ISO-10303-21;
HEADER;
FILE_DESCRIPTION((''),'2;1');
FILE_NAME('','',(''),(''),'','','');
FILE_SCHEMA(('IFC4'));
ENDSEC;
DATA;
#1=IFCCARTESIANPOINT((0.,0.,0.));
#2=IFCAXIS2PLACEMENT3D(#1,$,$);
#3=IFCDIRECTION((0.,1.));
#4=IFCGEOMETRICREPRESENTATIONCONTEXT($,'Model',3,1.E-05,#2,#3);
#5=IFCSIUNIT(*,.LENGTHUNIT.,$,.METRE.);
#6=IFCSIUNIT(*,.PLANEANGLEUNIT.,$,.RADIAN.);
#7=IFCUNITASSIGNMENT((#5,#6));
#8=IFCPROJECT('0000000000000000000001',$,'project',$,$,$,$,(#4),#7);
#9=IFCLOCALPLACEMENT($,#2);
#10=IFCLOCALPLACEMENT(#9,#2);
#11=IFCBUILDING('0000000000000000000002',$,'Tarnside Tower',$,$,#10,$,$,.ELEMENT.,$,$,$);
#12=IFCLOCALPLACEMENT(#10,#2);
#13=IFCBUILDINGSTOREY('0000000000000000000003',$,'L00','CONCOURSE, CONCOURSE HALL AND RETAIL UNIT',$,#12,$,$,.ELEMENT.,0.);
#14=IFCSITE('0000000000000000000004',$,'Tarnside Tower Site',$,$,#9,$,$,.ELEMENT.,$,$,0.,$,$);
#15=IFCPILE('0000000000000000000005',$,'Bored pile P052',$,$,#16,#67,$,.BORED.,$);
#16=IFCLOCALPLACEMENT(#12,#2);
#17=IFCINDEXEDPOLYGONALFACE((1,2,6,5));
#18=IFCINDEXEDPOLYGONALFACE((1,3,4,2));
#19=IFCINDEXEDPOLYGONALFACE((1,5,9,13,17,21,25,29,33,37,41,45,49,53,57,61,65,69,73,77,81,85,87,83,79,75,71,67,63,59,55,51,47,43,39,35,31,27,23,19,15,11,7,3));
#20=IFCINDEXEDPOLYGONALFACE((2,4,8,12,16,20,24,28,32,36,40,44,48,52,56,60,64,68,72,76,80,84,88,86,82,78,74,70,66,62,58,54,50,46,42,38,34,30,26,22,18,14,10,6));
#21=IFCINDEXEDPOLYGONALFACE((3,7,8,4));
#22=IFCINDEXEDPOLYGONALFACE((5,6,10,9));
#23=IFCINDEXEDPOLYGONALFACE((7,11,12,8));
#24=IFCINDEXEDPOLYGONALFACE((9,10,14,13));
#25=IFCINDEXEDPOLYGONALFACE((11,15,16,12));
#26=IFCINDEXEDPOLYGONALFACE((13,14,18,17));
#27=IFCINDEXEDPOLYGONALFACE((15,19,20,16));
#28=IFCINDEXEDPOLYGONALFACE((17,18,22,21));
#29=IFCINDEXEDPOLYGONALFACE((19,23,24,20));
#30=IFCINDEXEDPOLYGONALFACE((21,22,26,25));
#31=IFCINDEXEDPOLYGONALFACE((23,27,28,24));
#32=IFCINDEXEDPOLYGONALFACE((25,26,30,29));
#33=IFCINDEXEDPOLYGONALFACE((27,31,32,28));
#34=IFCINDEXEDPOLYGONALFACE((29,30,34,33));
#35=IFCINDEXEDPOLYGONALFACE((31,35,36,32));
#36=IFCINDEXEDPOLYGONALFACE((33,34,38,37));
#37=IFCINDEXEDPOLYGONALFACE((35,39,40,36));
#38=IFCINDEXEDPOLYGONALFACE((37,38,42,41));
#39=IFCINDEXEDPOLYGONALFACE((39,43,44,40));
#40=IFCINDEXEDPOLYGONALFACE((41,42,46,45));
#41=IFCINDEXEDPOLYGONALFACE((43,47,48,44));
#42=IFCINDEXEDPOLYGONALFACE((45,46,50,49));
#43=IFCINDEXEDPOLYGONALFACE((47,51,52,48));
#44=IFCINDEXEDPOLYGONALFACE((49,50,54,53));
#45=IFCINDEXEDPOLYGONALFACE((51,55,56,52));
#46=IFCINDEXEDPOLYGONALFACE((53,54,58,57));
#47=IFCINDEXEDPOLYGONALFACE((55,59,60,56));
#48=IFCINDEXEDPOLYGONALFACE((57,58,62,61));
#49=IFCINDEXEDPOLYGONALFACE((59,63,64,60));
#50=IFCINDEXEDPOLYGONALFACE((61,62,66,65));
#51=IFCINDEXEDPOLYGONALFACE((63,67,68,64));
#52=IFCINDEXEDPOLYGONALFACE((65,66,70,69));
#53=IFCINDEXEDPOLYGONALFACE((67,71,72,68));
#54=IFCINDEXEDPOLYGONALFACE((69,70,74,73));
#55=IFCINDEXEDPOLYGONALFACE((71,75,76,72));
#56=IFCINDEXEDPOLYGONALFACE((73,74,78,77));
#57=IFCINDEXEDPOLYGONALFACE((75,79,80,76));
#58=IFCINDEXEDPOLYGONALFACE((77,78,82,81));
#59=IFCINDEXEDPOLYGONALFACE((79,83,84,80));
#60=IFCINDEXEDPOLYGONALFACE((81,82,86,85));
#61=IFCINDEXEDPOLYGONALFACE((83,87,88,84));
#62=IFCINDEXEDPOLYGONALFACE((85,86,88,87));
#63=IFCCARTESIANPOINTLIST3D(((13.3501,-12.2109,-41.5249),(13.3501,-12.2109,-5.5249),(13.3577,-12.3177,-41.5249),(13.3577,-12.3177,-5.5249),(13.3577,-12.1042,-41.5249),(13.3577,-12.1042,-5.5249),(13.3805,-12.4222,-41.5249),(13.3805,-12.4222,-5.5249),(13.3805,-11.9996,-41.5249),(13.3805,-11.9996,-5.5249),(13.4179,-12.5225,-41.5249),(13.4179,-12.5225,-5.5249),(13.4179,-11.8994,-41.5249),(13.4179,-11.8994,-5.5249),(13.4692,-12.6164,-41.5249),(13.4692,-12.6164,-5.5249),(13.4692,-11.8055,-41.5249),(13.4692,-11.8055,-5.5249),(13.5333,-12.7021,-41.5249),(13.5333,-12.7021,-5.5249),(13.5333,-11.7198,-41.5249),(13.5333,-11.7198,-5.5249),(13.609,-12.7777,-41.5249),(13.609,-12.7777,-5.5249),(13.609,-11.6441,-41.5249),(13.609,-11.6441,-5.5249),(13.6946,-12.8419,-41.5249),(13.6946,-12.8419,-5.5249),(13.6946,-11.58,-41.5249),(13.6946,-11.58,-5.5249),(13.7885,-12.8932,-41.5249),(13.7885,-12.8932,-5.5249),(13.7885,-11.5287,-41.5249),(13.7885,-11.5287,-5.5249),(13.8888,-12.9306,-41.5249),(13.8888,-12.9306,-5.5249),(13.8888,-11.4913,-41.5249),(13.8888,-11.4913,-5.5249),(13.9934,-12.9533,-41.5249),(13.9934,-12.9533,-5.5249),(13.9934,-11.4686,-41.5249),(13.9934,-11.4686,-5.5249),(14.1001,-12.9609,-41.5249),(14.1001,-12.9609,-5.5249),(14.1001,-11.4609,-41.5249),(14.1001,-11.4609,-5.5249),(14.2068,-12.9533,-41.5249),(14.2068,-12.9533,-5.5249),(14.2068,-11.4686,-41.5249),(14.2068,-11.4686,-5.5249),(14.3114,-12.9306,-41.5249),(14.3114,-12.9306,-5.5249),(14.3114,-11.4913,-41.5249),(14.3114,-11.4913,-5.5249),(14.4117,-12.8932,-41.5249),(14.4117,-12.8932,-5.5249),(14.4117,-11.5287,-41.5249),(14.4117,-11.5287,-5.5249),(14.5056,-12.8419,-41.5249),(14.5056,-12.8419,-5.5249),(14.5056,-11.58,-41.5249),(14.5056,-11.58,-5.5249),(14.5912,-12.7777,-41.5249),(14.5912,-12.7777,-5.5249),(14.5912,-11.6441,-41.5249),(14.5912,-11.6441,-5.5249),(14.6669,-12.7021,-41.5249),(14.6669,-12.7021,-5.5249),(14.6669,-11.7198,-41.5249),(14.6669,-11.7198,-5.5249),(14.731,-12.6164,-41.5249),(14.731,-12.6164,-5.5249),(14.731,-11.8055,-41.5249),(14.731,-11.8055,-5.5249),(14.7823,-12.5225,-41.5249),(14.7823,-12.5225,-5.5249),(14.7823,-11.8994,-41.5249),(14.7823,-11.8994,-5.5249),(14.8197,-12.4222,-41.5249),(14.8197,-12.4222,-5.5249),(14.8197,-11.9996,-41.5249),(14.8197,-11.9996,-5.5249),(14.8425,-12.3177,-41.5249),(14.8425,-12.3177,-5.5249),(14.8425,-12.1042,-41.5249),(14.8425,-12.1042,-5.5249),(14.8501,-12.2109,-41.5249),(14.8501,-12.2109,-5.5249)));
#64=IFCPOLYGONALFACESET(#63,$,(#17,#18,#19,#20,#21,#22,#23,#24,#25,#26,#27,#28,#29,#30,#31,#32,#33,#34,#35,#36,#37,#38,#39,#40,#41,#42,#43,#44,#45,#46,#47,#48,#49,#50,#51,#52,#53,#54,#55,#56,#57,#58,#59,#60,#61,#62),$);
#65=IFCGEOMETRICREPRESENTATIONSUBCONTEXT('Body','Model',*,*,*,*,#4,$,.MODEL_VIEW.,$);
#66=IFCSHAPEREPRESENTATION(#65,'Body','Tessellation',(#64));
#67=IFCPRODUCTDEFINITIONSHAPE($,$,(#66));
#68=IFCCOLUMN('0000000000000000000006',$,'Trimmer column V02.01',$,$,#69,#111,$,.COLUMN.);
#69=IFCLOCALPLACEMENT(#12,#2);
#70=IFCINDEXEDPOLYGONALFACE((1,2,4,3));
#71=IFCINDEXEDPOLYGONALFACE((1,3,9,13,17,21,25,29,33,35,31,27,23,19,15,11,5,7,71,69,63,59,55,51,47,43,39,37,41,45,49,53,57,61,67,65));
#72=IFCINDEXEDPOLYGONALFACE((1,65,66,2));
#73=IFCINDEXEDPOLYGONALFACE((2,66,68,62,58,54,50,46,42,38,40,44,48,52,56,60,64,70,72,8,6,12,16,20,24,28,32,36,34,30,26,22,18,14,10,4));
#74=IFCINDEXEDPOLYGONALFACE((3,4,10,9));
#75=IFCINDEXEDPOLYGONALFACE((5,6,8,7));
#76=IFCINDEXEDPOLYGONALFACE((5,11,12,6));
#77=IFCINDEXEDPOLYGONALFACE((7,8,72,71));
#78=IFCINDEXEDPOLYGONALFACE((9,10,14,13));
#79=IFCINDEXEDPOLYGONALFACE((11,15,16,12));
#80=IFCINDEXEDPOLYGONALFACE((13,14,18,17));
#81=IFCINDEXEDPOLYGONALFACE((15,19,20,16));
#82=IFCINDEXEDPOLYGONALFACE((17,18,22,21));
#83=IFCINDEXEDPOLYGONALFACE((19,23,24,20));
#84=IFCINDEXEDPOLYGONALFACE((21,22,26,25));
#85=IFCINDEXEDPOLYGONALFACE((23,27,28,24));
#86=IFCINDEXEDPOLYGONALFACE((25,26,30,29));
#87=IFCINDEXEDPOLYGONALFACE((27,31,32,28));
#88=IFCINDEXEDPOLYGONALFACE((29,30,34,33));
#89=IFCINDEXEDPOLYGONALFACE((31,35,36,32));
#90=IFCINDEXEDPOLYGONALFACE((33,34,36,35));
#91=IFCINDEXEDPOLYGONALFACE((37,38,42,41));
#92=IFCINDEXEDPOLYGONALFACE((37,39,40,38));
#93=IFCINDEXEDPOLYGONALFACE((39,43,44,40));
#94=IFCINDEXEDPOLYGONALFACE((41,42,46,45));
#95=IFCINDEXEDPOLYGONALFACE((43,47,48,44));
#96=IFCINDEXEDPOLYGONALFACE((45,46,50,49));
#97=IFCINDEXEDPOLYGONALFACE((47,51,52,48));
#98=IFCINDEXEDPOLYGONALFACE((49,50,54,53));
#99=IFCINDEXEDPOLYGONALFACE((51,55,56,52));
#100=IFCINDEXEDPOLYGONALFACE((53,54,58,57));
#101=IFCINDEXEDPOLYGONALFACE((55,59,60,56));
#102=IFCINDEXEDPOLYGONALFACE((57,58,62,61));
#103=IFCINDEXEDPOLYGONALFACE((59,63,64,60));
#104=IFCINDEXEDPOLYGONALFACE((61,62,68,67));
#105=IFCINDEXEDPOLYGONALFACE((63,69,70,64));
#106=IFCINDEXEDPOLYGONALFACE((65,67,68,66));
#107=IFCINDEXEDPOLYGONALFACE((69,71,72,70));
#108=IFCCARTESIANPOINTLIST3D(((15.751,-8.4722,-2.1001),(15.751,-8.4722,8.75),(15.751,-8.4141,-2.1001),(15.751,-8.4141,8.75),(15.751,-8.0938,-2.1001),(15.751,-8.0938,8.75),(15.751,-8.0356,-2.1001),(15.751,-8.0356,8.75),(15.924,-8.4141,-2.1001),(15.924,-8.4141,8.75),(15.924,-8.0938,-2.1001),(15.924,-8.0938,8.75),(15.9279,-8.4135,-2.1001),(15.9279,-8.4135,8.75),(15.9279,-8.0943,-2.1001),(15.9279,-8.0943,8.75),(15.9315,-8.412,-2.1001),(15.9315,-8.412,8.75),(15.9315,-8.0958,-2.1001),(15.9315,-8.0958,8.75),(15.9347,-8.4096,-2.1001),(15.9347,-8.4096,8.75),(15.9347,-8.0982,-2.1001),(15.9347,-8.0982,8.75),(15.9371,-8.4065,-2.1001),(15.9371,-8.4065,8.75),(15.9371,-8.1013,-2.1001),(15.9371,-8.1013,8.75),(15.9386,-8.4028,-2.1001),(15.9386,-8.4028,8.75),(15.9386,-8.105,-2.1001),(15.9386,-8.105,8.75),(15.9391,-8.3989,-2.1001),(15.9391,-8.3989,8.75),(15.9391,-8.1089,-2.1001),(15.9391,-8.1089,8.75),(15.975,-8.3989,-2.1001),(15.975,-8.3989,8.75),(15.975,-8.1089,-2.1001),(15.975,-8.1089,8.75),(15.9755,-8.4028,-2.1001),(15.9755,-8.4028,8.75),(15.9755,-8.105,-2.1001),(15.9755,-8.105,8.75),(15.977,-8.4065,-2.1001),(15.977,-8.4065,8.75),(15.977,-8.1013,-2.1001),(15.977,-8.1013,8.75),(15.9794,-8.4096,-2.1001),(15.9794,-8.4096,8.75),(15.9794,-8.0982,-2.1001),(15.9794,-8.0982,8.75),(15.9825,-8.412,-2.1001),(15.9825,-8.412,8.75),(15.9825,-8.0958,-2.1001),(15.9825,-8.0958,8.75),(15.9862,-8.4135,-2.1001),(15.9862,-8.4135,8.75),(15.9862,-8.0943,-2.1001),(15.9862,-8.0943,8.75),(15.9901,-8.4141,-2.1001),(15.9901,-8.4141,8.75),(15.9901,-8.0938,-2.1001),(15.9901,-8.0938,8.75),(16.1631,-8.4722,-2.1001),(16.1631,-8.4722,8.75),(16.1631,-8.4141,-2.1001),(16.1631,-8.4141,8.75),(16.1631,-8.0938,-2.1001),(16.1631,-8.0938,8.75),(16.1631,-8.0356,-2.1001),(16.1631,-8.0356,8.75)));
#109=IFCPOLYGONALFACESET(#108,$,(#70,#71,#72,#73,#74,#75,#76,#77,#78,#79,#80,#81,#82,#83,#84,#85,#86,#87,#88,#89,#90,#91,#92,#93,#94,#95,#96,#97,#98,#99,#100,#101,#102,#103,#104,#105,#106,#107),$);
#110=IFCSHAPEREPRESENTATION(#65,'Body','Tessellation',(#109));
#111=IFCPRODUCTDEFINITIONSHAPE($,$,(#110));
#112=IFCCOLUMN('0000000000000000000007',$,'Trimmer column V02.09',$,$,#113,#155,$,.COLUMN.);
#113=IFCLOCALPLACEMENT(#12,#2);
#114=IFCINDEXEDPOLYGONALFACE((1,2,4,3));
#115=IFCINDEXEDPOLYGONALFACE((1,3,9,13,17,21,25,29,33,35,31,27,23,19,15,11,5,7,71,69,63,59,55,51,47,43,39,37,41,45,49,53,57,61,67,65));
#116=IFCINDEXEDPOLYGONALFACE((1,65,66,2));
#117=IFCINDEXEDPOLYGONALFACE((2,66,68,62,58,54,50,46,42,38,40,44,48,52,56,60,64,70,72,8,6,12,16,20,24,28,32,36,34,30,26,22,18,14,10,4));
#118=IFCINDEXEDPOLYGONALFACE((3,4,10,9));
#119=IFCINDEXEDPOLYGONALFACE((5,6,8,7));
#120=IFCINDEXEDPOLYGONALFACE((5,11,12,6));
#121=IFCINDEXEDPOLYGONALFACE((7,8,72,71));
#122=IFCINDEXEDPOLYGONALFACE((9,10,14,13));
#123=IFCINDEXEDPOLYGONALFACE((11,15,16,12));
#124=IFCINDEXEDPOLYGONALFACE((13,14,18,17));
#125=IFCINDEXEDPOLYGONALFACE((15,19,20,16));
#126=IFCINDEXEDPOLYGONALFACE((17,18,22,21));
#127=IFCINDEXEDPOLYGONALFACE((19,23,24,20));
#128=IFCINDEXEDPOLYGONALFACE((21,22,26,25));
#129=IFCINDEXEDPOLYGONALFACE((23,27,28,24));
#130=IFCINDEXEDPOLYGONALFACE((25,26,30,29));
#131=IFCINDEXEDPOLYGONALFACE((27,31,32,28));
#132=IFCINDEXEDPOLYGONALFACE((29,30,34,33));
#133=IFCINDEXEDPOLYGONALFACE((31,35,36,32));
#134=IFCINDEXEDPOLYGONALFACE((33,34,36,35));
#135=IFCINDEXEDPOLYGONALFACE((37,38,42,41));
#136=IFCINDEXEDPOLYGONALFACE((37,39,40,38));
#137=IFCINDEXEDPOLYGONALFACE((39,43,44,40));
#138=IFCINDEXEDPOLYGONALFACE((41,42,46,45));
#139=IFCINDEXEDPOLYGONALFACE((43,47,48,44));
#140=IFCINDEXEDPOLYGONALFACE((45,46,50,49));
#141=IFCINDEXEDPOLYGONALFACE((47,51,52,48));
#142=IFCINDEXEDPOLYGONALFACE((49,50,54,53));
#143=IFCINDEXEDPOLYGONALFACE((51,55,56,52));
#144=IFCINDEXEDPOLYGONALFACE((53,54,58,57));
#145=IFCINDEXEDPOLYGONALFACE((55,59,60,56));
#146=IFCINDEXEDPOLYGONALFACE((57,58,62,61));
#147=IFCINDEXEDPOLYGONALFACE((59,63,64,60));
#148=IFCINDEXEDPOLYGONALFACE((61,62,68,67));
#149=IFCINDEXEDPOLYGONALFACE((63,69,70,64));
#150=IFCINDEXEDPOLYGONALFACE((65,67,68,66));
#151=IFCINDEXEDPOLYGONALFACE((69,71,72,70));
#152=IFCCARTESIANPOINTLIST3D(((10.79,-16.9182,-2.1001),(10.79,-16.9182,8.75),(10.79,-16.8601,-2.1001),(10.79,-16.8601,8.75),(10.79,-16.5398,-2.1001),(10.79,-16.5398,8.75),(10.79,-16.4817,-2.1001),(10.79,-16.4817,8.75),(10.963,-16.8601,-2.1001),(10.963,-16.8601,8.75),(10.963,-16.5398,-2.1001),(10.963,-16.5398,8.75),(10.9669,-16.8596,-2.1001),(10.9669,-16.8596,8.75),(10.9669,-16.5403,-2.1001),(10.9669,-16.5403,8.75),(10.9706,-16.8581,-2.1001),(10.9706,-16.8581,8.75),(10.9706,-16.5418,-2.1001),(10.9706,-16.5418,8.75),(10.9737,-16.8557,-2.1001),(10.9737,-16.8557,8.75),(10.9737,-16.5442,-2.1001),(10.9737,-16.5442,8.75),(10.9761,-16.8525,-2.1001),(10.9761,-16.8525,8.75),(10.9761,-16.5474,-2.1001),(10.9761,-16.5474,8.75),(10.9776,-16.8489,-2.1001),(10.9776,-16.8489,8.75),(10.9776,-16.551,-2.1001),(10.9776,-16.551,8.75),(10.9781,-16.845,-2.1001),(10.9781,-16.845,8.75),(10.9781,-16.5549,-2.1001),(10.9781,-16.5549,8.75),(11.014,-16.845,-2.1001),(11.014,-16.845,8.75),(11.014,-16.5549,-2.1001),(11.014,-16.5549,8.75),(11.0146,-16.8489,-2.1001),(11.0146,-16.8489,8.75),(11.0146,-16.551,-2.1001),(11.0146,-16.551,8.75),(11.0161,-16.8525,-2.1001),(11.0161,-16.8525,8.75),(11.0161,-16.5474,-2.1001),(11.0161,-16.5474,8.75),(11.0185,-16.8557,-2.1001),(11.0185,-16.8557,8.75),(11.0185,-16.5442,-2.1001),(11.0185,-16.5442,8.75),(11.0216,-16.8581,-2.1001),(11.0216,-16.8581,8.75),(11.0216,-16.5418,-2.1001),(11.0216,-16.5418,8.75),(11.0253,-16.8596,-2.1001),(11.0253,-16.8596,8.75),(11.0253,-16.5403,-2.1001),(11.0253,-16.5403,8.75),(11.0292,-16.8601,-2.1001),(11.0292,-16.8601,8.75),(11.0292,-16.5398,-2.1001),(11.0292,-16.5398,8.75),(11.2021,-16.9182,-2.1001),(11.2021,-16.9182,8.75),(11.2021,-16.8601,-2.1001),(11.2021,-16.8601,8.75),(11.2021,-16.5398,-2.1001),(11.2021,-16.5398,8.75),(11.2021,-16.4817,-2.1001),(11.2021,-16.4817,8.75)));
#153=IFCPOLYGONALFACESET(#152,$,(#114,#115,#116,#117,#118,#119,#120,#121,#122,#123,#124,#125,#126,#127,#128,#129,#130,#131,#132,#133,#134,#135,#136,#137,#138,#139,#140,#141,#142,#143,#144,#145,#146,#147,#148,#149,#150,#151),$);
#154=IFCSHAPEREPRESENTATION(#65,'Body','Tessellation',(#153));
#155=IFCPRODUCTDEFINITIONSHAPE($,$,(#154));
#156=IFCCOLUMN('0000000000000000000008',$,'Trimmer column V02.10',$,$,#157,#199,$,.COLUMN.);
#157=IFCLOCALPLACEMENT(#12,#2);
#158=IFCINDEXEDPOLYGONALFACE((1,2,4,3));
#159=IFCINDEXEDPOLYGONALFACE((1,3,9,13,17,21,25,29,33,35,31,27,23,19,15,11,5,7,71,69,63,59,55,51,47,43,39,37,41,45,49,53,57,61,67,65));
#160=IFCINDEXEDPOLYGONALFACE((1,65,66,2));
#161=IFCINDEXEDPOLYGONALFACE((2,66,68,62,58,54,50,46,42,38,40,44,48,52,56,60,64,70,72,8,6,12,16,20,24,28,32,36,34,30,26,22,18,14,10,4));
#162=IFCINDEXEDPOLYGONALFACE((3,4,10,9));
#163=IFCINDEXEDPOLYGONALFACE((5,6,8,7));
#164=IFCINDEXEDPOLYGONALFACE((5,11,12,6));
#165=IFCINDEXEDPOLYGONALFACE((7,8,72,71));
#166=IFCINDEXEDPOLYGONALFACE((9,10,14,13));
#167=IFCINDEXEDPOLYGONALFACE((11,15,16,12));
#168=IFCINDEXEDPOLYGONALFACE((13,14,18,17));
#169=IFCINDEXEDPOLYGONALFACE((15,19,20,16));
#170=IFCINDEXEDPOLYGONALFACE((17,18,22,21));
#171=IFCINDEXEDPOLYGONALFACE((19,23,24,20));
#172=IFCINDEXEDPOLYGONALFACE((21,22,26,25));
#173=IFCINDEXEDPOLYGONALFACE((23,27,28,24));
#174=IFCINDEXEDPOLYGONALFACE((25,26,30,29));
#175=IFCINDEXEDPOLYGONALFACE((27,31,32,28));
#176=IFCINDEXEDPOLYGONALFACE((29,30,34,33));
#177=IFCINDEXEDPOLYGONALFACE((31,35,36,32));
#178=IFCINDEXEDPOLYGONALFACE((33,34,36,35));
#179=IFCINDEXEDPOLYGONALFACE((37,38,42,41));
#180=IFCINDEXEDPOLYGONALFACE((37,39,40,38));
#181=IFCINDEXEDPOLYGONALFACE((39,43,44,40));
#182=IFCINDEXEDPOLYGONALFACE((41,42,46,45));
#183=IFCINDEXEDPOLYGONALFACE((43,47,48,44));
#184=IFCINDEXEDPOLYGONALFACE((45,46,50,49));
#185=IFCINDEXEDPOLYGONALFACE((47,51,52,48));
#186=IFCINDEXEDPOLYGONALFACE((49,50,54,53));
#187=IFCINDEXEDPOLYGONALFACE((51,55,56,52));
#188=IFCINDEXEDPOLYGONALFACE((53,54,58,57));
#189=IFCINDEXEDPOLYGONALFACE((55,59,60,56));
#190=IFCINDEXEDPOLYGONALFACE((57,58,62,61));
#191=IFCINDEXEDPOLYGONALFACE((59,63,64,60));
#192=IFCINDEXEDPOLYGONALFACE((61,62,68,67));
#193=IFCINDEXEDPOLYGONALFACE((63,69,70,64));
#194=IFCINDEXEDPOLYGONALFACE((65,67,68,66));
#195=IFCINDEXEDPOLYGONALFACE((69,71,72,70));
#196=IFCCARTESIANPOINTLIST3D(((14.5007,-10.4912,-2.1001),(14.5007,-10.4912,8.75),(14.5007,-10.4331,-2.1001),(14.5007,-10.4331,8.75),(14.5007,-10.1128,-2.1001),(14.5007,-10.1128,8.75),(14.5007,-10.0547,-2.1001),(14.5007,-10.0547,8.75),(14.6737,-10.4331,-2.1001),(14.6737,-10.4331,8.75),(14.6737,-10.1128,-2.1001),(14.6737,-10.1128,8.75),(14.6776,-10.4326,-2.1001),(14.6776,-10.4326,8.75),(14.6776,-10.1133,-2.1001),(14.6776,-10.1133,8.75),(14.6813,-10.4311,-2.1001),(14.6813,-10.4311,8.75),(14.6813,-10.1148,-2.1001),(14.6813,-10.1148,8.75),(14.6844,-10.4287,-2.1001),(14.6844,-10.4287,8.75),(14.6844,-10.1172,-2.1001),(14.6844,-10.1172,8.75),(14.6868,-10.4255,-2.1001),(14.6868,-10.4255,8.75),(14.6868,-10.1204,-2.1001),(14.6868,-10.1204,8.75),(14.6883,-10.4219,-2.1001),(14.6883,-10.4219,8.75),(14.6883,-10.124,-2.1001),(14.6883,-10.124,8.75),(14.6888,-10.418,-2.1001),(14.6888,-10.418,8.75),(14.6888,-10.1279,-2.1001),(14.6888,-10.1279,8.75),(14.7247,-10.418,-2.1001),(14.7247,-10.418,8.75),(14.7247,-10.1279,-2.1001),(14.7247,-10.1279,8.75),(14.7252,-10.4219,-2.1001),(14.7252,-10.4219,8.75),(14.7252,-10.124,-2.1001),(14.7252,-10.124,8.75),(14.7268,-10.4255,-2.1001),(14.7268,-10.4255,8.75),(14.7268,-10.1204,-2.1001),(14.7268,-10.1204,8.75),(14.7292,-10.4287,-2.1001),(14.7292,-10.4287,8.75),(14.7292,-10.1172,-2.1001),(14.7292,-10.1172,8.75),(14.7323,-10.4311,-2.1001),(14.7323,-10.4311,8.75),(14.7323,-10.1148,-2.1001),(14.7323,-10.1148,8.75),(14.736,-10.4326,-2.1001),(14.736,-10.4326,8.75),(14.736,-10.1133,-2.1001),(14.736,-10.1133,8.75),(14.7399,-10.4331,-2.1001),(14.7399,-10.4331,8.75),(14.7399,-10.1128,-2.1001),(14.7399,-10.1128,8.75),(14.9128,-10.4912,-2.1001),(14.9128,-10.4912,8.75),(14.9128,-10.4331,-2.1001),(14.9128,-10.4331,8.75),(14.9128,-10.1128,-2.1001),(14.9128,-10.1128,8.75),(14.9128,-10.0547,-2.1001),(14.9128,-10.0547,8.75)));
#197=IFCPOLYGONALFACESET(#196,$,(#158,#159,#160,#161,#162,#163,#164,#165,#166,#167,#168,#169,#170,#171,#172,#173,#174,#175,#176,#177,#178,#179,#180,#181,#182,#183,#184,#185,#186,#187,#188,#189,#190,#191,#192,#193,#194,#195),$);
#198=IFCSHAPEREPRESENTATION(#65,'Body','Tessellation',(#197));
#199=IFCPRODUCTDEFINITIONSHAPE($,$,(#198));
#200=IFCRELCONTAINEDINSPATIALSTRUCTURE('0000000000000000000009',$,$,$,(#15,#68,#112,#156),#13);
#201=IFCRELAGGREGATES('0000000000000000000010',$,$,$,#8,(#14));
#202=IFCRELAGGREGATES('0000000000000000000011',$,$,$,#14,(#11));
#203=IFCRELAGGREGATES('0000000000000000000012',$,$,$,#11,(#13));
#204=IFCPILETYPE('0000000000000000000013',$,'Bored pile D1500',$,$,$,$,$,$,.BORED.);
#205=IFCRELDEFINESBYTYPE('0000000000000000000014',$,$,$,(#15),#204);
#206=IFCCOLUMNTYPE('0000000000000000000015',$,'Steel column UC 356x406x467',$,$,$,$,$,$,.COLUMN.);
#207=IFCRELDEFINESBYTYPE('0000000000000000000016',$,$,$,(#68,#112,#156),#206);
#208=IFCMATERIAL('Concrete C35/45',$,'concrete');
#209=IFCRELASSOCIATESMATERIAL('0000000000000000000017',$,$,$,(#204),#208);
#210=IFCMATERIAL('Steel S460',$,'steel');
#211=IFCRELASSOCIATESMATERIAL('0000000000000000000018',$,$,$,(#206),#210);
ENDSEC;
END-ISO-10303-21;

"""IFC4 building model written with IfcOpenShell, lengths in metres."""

from ifc_helpers import new_model, si_unit, direction, frame, origin, origin_2d, place, context, subcontext, project, spatial, circle, i_section, extrude, material, material_profile, profile_set, type_object, element, save


model = new_model("IFC4")

# Units and contexts
model_context = context("Model", 3, precision=1e-05, world=origin(), true_north=direction((0.0, 1.0)))
body_context = subcontext(model_context, "Body", "Model", "MODEL_VIEW")
ifc_project = project(units=[si_unit("LENGTHUNIT", "METRE"), si_unit("PLANEANGLEUNIT", "RADIAN")], contexts=[model_context])

# Site, building, storey
site_placement = place(None, origin())
site = spatial("IfcSite", under=ifc_project, at=site_placement, Name="Tarnside Tower Site", CompositionType="ELEMENT", RefElevation=0.0)
building_placement = place(site_placement, origin())
building = spatial("IfcBuilding", under=site, at=building_placement, Name="Tarnside Tower", CompositionType="ELEMENT")
storey_placement = place(building_placement, origin())
storey = spatial("IfcBuildingStorey", under=building, at=storey_placement, Name="L00", Description="CONCOURSE, CONCOURSE HALL AND RETAIL UNIT", CompositionType="ELEMENT", Elevation=0.0)

# Pile
ifc_material_1 = material(Name="Concrete C35/45", Category="concrete")
ifc_material_profile_1 = material_profile(ifc_material_1, circle(Radius=0.75, at=origin_2d()), Name="Bored pile D1500")
ifc_profile_set_1 = profile_set([ifc_material_profile_1], Name="Concrete C35/45")
pile_type = type_object("IfcPileType", Name="Bored pile D1500", PredefinedType="BORED", material=ifc_profile_set_1)
for number, where, z_axis, x_axis, name in (
    (1, (14.1001, -12.2109, -5.5249), (0.0, 0.0, -1.0), (1.0, 0.0, 0.0), "Bored pile P052"),
):
    element("IfcPile", number, at=place(storey_placement, frame(where, z_axis=z_axis, x_axis=x_axis)), inside=storey, type_object=pile_type, Name=name, PredefinedType="BORED", context=body_context, shape_type="SweptSolid", body=[
        extrude(circle(Radius=0.75, at=origin_2d()), origin(), (0.0, 0.0, 1.0), 36.0),
    ])

# Columns
ifc_material_2 = material(Name="Steel S460", Category="steel")
ifc_material_profile_2 = material_profile(ifc_material_2, i_section(OverallWidth=0.4121, OverallDepth=0.4365, WebThickness=0.0359, FlangeThickness=0.0581, FilletRadius=0.0151, at=origin_2d()), Name="UC 356x406x467")
ifc_profile_set_2 = profile_set([ifc_material_profile_2], Name="Steel S460")
column_type = type_object("IfcColumnType", Name="Steel column UC 356x406x467", PredefinedType="COLUMN", material=ifc_profile_set_2)
for number, where, z_axis, x_axis, name in (
    (2, (15.957, -8.2539, -2.1001), (0.0, 0.0, 1.0), (1.0, 0.0, 0.0), "Trimmer column V02.01"),
    (3, (10.9961, -16.7, -2.1001), (0.0, 0.0, 1.0), (1.0, 0.0, 0.0), "Trimmer column V02.09"),
    (4, (14.7068, -10.2729, -2.1001), (0.0, 0.0, 1.0), (1.0, 0.0, 0.0), "Trimmer column V02.10"),
):
    element("IfcColumn", number, at=place(storey_placement, frame(where, z_axis=z_axis, x_axis=x_axis)), inside=storey, type_object=column_type, Name=name, PredefinedType="COLUMN", context=body_context, shape_type="SweptSolid", body=[
        extrude(i_section(OverallWidth=0.4121, OverallDepth=0.4365, WebThickness=0.0359, FlangeThickness=0.0581, FilletRadius=0.0151, at=origin_2d()), origin(), (0.0, 0.0, 1.0), 10.8501),
    ])

save(model, "model.ifc")
